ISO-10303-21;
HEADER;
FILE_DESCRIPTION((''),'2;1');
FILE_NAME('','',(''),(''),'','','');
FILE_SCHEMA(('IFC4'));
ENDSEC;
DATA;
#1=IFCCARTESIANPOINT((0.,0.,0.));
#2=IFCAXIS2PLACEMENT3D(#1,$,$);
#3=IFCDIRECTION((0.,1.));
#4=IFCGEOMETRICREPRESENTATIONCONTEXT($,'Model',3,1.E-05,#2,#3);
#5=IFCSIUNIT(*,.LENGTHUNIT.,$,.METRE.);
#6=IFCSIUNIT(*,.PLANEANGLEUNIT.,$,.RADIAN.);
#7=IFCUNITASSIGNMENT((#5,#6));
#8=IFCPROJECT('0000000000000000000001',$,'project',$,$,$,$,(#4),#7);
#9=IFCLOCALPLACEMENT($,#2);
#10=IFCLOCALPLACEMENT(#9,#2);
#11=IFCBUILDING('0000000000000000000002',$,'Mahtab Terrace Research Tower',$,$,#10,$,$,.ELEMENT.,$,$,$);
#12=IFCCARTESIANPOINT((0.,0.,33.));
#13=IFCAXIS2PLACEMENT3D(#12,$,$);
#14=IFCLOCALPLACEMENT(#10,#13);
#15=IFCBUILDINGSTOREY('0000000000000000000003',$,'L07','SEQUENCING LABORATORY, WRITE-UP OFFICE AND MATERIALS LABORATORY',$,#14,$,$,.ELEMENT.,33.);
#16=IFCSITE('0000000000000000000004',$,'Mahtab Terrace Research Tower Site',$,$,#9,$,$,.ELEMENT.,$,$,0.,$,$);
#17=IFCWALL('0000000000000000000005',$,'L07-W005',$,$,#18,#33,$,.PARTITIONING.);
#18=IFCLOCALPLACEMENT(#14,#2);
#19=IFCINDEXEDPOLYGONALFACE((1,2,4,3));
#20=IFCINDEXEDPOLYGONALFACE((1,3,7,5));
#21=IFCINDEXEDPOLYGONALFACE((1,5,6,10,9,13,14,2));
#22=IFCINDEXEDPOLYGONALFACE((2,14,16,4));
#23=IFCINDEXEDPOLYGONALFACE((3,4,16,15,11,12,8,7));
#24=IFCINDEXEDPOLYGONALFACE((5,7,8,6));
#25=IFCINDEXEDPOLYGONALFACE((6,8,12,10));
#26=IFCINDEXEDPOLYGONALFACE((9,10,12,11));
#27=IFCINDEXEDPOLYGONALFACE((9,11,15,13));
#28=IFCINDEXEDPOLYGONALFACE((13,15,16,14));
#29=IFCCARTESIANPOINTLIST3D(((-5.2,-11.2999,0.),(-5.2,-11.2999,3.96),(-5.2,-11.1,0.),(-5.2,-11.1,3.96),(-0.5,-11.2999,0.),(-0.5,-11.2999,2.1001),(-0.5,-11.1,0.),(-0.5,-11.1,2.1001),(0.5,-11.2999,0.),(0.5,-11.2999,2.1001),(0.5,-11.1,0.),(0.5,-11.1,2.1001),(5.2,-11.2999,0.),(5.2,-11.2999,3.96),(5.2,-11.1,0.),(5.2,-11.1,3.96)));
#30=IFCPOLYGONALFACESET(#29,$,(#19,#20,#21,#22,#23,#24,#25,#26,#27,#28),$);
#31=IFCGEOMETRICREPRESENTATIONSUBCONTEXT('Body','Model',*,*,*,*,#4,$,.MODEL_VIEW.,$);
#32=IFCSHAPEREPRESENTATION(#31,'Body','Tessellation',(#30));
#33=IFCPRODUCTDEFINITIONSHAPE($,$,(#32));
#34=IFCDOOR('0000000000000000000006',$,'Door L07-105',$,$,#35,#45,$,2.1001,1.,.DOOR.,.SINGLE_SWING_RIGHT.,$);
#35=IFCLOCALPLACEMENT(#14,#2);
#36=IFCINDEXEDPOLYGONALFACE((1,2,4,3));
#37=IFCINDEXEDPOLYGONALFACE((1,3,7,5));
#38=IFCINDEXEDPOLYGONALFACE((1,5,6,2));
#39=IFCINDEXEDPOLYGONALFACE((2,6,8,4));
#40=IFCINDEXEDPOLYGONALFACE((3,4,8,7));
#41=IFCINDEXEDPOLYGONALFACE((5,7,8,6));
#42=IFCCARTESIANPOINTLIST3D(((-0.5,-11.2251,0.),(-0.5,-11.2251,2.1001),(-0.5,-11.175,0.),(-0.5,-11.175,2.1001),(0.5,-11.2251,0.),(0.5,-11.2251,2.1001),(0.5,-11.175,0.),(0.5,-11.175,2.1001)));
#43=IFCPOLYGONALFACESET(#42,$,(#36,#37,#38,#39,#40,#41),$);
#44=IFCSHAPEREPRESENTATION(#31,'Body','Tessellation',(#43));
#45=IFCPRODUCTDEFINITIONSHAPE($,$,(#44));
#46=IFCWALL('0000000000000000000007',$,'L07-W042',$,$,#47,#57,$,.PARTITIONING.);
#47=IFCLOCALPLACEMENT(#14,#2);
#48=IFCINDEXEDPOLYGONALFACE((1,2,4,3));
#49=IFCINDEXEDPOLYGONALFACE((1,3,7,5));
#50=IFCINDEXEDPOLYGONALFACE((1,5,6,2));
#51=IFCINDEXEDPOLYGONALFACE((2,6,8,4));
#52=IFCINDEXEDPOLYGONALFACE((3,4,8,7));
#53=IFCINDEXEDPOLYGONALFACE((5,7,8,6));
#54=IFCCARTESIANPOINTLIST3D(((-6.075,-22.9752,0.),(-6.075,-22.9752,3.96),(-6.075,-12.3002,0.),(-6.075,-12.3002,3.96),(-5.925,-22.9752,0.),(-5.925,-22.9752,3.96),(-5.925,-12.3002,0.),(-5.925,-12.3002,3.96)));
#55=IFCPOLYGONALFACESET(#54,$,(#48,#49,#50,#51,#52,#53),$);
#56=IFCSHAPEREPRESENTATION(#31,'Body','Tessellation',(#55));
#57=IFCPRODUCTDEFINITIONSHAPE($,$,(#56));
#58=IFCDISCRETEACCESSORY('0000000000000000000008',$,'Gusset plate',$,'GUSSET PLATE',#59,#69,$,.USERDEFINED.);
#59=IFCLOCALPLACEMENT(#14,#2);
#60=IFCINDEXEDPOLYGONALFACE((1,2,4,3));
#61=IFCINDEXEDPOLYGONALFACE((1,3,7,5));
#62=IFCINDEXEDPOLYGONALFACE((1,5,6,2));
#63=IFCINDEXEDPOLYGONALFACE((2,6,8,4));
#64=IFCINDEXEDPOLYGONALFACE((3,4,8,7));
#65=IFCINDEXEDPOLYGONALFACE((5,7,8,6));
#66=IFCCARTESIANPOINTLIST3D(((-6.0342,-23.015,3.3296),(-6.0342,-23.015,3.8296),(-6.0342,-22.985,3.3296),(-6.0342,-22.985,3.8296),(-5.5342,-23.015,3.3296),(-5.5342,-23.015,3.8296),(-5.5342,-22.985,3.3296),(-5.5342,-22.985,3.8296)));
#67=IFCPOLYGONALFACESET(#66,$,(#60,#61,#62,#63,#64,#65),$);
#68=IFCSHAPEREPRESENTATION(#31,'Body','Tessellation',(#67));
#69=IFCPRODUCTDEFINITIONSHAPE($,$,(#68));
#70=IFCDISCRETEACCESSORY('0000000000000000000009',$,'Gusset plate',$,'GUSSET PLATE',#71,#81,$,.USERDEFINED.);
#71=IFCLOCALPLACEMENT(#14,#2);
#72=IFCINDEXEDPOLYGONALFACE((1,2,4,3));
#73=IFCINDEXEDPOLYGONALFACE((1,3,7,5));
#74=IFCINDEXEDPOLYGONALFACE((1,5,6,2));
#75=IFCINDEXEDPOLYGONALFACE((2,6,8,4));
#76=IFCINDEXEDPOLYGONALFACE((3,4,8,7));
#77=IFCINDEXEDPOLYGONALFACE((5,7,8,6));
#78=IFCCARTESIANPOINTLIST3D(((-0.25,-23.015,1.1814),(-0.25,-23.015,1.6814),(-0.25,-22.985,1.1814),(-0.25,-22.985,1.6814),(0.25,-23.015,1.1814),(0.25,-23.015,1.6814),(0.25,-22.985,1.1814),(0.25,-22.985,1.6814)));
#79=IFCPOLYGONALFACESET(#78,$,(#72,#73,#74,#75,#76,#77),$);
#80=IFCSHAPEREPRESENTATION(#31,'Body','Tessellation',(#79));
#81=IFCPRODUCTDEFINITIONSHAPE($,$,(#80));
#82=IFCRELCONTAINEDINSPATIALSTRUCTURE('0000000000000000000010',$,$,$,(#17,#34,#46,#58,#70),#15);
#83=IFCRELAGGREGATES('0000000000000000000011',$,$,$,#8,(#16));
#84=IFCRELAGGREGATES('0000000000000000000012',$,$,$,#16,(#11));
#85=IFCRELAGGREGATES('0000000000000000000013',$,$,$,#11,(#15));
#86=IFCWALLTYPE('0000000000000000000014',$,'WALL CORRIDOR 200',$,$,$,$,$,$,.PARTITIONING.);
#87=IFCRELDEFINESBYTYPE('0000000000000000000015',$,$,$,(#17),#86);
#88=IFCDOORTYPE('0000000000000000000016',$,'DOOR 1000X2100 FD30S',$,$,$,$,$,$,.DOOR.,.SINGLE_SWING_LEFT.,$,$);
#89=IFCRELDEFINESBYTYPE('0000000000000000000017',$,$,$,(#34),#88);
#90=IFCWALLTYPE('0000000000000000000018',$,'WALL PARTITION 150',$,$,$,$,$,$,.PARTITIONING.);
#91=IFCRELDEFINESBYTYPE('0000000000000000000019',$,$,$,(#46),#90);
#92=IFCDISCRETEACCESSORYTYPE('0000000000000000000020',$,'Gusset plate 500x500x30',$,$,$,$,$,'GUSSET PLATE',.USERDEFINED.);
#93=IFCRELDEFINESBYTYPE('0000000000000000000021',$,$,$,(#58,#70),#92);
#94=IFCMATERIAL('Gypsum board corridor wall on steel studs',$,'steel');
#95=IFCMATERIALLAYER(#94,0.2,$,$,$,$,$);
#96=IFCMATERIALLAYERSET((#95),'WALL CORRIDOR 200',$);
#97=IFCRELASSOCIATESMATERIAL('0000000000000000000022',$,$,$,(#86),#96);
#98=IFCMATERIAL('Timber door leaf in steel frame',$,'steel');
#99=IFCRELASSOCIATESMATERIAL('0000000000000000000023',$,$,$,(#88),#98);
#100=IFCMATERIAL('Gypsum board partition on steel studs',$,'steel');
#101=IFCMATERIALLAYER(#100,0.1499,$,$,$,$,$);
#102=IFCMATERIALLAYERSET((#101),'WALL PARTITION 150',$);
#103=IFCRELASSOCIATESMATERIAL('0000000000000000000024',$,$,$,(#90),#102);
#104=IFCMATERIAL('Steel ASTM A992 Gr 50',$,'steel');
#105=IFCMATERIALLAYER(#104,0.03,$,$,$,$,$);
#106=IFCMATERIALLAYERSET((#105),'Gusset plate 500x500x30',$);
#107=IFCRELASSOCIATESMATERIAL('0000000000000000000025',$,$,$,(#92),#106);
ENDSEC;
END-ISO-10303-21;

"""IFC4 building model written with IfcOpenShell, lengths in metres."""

from ifc_helpers import new_model, si_unit, direction, frame, frame_2d, origin, origin_2d, place, context, subcontext, project, spatial, rectangle, extrude, material, layer, layer_set, type_object, element, fill, save


model = new_model("IFC4")

# Units and contexts
model_context = context("Model", 3, precision=1e-05, world=origin(), true_north=direction((0.0, 1.0)))
body_context = subcontext(model_context, "Body", "Model", "MODEL_VIEW")
ifc_project = project(units=[si_unit("LENGTHUNIT", "METRE"), si_unit("PLANEANGLEUNIT", "RADIAN")], contexts=[model_context])

# Site, building, storey
site_placement = place(None, origin())
site = spatial("IfcSite", under=ifc_project, at=site_placement, Name="Mahtab Terrace Research Tower Site", CompositionType="ELEMENT", RefElevation=0.0)
building_placement = place(site_placement, origin())
building = spatial("IfcBuilding", under=site, at=building_placement, Name="Mahtab Terrace Research Tower", CompositionType="ELEMENT")
storey_placement = place(building_placement, frame((0.0, 0.0, 33.0)))
storey = spatial("IfcBuildingStorey", under=building, at=storey_placement, Name="L07", Description="SEQUENCING LABORATORY, WRITE-UP OFFICE AND MATERIALS LABORATORY", CompositionType="ELEMENT", Elevation=33.0)

# Shared definitions
ifc_material_1 = material(Name="Steel ASTM A992 Gr 50", Category="steel")

# Wall, opening, door
ifc_material_2 = material(Name="Gypsum board corridor wall on steel studs", Category="steel")
ifc_layer_1 = layer(ifc_material_2, 0.2)
ifc_layer_set_1 = layer_set([ifc_layer_1], Name="WALL CORRIDOR 200")
wall_type_1 = type_object("IfcWallType", Name="WALL CORRIDOR 200", PredefinedType="PARTITIONING", material=ifc_layer_set_1)
wall_1_placement = place(storey_placement, frame((-5.2, -11.2, 0.0), z_axis=(0.0, 0.0, 1.0), x_axis=(1.0, 0.0, 0.0)))
wall_1 = element("IfcWall", 1, at=wall_1_placement, inside=storey, type_object=wall_type_1, Name="L07-W005", PredefinedType="PARTITIONING", context=body_context, shape_type="SweptSolid", body=[
    extrude(rectangle(XDim=10.3999, YDim=0.2, at=frame_2d((5.2, 0.0))), origin(), (0.0, 0.0, 1.0), 3.96),
])
opening_placement = place(wall_1_placement, frame((4.7, 0.0, 0.0)))
opening = element("IfcOpeningElement", 2, at=opening_placement, cuts=wall_1, PredefinedType="OPENING", context=body_context, shape_type="SweptSolid", body=[
    extrude(rectangle(XDim=1.0, YDim=2.1001, at=frame_2d((0.5, 1.05))), frame((0.0, 0.1099, 0.0), z_axis=(0.0, -1.0, 0.0), x_axis=(1.0, 0.0, 0.0)), (0.0, 0.0, 1.0), 0.22),
])
ifc_material_3 = material(Name="Timber door leaf in steel frame", Category="steel")
door_type = type_object("IfcDoorType", Name="DOOR 1000X2100 FD30S", OperationType="SINGLE_SWING_LEFT", PredefinedType="DOOR", material=ifc_material_3)
door_placement = place(opening_placement, origin())
door = element("IfcDoor", 3, at=door_placement, inside=storey, type_object=door_type, Name="Door L07-105", OperationType="SINGLE_SWING_RIGHT", OverallHeight=2.1001, OverallWidth=1.0, PredefinedType="DOOR", context=body_context, shape_type="SweptSolid", body=[
    extrude(rectangle(XDim=1.0, YDim=2.1001, at=frame_2d((0.5, 1.05))), frame((0.0, 0.0249, 0.0), z_axis=(0.0, -1.0, 0.0), x_axis=(1.0, 0.0, 0.0)), (0.0, 0.0, 1.0), 0.05),
])
fill(opening, door)

# Wall
ifc_material_4 = material(Name="Gypsum board partition on steel studs", Category="steel")
ifc_layer_2 = layer(ifc_material_4, 0.1499)
ifc_layer_set_2 = layer_set([ifc_layer_2], Name="WALL PARTITION 150")
wall_type_2 = type_object("IfcWallType", Name="WALL PARTITION 150", PredefinedType="PARTITIONING", material=ifc_layer_set_2)
wall_2_placement = place(storey_placement, frame((-6.0, -22.9751, 0.0), z_axis=(0.0, 0.0, 1.0), x_axis=(0.0, 1.0, 0.0)))
element("IfcWall", 4, at=wall_2_placement, inside=storey, type_object=wall_type_2, Name="L07-W042", PredefinedType="PARTITIONING", context=body_context, shape_type="SweptSolid", body=[
    extrude(rectangle(XDim=10.675, YDim=0.1499, at=frame_2d((5.3374, 0.0))), origin(), (0.0, 0.0, 1.0), 3.96),
])

# Discrete accessories
ifc_layer_3 = layer(ifc_material_1, 0.03)
ifc_layer_set_3 = layer_set([ifc_layer_3], Name="Gusset plate 500x500x30")
discrete_accessory_type = type_object("IfcDiscreteAccessoryType", Name="Gusset plate 500x500x30", ElementType="GUSSET PLATE", PredefinedType="USERDEFINED", material=ifc_layer_set_3)
for number, where, z_axis, x_axis, name in (
    (5, (-5.7842, -23.0, 3.3296), (0.0, 0.0, 1.0), (1.0, 0.0, 0.0), "Gusset plate"),
    (6, (0.0, -23.0, 1.1814), (0.0, 0.0, 1.0), (1.0, 0.0, 0.0), "Gusset plate"),
):
    element("IfcDiscreteAccessory", number, at=place(storey_placement, frame(where, z_axis=z_axis, x_axis=x_axis)), inside=storey, type_object=discrete_accessory_type, Name=name, ObjectType="GUSSET PLATE", PredefinedType="USERDEFINED", context=body_context, shape_type="SweptSolid", body=[
        extrude(rectangle(XDim=0.5, YDim=0.03, at=origin_2d()), origin(), (0.0, 0.0, 1.0), 0.5),
    ])

save(model, "model.ifc")
